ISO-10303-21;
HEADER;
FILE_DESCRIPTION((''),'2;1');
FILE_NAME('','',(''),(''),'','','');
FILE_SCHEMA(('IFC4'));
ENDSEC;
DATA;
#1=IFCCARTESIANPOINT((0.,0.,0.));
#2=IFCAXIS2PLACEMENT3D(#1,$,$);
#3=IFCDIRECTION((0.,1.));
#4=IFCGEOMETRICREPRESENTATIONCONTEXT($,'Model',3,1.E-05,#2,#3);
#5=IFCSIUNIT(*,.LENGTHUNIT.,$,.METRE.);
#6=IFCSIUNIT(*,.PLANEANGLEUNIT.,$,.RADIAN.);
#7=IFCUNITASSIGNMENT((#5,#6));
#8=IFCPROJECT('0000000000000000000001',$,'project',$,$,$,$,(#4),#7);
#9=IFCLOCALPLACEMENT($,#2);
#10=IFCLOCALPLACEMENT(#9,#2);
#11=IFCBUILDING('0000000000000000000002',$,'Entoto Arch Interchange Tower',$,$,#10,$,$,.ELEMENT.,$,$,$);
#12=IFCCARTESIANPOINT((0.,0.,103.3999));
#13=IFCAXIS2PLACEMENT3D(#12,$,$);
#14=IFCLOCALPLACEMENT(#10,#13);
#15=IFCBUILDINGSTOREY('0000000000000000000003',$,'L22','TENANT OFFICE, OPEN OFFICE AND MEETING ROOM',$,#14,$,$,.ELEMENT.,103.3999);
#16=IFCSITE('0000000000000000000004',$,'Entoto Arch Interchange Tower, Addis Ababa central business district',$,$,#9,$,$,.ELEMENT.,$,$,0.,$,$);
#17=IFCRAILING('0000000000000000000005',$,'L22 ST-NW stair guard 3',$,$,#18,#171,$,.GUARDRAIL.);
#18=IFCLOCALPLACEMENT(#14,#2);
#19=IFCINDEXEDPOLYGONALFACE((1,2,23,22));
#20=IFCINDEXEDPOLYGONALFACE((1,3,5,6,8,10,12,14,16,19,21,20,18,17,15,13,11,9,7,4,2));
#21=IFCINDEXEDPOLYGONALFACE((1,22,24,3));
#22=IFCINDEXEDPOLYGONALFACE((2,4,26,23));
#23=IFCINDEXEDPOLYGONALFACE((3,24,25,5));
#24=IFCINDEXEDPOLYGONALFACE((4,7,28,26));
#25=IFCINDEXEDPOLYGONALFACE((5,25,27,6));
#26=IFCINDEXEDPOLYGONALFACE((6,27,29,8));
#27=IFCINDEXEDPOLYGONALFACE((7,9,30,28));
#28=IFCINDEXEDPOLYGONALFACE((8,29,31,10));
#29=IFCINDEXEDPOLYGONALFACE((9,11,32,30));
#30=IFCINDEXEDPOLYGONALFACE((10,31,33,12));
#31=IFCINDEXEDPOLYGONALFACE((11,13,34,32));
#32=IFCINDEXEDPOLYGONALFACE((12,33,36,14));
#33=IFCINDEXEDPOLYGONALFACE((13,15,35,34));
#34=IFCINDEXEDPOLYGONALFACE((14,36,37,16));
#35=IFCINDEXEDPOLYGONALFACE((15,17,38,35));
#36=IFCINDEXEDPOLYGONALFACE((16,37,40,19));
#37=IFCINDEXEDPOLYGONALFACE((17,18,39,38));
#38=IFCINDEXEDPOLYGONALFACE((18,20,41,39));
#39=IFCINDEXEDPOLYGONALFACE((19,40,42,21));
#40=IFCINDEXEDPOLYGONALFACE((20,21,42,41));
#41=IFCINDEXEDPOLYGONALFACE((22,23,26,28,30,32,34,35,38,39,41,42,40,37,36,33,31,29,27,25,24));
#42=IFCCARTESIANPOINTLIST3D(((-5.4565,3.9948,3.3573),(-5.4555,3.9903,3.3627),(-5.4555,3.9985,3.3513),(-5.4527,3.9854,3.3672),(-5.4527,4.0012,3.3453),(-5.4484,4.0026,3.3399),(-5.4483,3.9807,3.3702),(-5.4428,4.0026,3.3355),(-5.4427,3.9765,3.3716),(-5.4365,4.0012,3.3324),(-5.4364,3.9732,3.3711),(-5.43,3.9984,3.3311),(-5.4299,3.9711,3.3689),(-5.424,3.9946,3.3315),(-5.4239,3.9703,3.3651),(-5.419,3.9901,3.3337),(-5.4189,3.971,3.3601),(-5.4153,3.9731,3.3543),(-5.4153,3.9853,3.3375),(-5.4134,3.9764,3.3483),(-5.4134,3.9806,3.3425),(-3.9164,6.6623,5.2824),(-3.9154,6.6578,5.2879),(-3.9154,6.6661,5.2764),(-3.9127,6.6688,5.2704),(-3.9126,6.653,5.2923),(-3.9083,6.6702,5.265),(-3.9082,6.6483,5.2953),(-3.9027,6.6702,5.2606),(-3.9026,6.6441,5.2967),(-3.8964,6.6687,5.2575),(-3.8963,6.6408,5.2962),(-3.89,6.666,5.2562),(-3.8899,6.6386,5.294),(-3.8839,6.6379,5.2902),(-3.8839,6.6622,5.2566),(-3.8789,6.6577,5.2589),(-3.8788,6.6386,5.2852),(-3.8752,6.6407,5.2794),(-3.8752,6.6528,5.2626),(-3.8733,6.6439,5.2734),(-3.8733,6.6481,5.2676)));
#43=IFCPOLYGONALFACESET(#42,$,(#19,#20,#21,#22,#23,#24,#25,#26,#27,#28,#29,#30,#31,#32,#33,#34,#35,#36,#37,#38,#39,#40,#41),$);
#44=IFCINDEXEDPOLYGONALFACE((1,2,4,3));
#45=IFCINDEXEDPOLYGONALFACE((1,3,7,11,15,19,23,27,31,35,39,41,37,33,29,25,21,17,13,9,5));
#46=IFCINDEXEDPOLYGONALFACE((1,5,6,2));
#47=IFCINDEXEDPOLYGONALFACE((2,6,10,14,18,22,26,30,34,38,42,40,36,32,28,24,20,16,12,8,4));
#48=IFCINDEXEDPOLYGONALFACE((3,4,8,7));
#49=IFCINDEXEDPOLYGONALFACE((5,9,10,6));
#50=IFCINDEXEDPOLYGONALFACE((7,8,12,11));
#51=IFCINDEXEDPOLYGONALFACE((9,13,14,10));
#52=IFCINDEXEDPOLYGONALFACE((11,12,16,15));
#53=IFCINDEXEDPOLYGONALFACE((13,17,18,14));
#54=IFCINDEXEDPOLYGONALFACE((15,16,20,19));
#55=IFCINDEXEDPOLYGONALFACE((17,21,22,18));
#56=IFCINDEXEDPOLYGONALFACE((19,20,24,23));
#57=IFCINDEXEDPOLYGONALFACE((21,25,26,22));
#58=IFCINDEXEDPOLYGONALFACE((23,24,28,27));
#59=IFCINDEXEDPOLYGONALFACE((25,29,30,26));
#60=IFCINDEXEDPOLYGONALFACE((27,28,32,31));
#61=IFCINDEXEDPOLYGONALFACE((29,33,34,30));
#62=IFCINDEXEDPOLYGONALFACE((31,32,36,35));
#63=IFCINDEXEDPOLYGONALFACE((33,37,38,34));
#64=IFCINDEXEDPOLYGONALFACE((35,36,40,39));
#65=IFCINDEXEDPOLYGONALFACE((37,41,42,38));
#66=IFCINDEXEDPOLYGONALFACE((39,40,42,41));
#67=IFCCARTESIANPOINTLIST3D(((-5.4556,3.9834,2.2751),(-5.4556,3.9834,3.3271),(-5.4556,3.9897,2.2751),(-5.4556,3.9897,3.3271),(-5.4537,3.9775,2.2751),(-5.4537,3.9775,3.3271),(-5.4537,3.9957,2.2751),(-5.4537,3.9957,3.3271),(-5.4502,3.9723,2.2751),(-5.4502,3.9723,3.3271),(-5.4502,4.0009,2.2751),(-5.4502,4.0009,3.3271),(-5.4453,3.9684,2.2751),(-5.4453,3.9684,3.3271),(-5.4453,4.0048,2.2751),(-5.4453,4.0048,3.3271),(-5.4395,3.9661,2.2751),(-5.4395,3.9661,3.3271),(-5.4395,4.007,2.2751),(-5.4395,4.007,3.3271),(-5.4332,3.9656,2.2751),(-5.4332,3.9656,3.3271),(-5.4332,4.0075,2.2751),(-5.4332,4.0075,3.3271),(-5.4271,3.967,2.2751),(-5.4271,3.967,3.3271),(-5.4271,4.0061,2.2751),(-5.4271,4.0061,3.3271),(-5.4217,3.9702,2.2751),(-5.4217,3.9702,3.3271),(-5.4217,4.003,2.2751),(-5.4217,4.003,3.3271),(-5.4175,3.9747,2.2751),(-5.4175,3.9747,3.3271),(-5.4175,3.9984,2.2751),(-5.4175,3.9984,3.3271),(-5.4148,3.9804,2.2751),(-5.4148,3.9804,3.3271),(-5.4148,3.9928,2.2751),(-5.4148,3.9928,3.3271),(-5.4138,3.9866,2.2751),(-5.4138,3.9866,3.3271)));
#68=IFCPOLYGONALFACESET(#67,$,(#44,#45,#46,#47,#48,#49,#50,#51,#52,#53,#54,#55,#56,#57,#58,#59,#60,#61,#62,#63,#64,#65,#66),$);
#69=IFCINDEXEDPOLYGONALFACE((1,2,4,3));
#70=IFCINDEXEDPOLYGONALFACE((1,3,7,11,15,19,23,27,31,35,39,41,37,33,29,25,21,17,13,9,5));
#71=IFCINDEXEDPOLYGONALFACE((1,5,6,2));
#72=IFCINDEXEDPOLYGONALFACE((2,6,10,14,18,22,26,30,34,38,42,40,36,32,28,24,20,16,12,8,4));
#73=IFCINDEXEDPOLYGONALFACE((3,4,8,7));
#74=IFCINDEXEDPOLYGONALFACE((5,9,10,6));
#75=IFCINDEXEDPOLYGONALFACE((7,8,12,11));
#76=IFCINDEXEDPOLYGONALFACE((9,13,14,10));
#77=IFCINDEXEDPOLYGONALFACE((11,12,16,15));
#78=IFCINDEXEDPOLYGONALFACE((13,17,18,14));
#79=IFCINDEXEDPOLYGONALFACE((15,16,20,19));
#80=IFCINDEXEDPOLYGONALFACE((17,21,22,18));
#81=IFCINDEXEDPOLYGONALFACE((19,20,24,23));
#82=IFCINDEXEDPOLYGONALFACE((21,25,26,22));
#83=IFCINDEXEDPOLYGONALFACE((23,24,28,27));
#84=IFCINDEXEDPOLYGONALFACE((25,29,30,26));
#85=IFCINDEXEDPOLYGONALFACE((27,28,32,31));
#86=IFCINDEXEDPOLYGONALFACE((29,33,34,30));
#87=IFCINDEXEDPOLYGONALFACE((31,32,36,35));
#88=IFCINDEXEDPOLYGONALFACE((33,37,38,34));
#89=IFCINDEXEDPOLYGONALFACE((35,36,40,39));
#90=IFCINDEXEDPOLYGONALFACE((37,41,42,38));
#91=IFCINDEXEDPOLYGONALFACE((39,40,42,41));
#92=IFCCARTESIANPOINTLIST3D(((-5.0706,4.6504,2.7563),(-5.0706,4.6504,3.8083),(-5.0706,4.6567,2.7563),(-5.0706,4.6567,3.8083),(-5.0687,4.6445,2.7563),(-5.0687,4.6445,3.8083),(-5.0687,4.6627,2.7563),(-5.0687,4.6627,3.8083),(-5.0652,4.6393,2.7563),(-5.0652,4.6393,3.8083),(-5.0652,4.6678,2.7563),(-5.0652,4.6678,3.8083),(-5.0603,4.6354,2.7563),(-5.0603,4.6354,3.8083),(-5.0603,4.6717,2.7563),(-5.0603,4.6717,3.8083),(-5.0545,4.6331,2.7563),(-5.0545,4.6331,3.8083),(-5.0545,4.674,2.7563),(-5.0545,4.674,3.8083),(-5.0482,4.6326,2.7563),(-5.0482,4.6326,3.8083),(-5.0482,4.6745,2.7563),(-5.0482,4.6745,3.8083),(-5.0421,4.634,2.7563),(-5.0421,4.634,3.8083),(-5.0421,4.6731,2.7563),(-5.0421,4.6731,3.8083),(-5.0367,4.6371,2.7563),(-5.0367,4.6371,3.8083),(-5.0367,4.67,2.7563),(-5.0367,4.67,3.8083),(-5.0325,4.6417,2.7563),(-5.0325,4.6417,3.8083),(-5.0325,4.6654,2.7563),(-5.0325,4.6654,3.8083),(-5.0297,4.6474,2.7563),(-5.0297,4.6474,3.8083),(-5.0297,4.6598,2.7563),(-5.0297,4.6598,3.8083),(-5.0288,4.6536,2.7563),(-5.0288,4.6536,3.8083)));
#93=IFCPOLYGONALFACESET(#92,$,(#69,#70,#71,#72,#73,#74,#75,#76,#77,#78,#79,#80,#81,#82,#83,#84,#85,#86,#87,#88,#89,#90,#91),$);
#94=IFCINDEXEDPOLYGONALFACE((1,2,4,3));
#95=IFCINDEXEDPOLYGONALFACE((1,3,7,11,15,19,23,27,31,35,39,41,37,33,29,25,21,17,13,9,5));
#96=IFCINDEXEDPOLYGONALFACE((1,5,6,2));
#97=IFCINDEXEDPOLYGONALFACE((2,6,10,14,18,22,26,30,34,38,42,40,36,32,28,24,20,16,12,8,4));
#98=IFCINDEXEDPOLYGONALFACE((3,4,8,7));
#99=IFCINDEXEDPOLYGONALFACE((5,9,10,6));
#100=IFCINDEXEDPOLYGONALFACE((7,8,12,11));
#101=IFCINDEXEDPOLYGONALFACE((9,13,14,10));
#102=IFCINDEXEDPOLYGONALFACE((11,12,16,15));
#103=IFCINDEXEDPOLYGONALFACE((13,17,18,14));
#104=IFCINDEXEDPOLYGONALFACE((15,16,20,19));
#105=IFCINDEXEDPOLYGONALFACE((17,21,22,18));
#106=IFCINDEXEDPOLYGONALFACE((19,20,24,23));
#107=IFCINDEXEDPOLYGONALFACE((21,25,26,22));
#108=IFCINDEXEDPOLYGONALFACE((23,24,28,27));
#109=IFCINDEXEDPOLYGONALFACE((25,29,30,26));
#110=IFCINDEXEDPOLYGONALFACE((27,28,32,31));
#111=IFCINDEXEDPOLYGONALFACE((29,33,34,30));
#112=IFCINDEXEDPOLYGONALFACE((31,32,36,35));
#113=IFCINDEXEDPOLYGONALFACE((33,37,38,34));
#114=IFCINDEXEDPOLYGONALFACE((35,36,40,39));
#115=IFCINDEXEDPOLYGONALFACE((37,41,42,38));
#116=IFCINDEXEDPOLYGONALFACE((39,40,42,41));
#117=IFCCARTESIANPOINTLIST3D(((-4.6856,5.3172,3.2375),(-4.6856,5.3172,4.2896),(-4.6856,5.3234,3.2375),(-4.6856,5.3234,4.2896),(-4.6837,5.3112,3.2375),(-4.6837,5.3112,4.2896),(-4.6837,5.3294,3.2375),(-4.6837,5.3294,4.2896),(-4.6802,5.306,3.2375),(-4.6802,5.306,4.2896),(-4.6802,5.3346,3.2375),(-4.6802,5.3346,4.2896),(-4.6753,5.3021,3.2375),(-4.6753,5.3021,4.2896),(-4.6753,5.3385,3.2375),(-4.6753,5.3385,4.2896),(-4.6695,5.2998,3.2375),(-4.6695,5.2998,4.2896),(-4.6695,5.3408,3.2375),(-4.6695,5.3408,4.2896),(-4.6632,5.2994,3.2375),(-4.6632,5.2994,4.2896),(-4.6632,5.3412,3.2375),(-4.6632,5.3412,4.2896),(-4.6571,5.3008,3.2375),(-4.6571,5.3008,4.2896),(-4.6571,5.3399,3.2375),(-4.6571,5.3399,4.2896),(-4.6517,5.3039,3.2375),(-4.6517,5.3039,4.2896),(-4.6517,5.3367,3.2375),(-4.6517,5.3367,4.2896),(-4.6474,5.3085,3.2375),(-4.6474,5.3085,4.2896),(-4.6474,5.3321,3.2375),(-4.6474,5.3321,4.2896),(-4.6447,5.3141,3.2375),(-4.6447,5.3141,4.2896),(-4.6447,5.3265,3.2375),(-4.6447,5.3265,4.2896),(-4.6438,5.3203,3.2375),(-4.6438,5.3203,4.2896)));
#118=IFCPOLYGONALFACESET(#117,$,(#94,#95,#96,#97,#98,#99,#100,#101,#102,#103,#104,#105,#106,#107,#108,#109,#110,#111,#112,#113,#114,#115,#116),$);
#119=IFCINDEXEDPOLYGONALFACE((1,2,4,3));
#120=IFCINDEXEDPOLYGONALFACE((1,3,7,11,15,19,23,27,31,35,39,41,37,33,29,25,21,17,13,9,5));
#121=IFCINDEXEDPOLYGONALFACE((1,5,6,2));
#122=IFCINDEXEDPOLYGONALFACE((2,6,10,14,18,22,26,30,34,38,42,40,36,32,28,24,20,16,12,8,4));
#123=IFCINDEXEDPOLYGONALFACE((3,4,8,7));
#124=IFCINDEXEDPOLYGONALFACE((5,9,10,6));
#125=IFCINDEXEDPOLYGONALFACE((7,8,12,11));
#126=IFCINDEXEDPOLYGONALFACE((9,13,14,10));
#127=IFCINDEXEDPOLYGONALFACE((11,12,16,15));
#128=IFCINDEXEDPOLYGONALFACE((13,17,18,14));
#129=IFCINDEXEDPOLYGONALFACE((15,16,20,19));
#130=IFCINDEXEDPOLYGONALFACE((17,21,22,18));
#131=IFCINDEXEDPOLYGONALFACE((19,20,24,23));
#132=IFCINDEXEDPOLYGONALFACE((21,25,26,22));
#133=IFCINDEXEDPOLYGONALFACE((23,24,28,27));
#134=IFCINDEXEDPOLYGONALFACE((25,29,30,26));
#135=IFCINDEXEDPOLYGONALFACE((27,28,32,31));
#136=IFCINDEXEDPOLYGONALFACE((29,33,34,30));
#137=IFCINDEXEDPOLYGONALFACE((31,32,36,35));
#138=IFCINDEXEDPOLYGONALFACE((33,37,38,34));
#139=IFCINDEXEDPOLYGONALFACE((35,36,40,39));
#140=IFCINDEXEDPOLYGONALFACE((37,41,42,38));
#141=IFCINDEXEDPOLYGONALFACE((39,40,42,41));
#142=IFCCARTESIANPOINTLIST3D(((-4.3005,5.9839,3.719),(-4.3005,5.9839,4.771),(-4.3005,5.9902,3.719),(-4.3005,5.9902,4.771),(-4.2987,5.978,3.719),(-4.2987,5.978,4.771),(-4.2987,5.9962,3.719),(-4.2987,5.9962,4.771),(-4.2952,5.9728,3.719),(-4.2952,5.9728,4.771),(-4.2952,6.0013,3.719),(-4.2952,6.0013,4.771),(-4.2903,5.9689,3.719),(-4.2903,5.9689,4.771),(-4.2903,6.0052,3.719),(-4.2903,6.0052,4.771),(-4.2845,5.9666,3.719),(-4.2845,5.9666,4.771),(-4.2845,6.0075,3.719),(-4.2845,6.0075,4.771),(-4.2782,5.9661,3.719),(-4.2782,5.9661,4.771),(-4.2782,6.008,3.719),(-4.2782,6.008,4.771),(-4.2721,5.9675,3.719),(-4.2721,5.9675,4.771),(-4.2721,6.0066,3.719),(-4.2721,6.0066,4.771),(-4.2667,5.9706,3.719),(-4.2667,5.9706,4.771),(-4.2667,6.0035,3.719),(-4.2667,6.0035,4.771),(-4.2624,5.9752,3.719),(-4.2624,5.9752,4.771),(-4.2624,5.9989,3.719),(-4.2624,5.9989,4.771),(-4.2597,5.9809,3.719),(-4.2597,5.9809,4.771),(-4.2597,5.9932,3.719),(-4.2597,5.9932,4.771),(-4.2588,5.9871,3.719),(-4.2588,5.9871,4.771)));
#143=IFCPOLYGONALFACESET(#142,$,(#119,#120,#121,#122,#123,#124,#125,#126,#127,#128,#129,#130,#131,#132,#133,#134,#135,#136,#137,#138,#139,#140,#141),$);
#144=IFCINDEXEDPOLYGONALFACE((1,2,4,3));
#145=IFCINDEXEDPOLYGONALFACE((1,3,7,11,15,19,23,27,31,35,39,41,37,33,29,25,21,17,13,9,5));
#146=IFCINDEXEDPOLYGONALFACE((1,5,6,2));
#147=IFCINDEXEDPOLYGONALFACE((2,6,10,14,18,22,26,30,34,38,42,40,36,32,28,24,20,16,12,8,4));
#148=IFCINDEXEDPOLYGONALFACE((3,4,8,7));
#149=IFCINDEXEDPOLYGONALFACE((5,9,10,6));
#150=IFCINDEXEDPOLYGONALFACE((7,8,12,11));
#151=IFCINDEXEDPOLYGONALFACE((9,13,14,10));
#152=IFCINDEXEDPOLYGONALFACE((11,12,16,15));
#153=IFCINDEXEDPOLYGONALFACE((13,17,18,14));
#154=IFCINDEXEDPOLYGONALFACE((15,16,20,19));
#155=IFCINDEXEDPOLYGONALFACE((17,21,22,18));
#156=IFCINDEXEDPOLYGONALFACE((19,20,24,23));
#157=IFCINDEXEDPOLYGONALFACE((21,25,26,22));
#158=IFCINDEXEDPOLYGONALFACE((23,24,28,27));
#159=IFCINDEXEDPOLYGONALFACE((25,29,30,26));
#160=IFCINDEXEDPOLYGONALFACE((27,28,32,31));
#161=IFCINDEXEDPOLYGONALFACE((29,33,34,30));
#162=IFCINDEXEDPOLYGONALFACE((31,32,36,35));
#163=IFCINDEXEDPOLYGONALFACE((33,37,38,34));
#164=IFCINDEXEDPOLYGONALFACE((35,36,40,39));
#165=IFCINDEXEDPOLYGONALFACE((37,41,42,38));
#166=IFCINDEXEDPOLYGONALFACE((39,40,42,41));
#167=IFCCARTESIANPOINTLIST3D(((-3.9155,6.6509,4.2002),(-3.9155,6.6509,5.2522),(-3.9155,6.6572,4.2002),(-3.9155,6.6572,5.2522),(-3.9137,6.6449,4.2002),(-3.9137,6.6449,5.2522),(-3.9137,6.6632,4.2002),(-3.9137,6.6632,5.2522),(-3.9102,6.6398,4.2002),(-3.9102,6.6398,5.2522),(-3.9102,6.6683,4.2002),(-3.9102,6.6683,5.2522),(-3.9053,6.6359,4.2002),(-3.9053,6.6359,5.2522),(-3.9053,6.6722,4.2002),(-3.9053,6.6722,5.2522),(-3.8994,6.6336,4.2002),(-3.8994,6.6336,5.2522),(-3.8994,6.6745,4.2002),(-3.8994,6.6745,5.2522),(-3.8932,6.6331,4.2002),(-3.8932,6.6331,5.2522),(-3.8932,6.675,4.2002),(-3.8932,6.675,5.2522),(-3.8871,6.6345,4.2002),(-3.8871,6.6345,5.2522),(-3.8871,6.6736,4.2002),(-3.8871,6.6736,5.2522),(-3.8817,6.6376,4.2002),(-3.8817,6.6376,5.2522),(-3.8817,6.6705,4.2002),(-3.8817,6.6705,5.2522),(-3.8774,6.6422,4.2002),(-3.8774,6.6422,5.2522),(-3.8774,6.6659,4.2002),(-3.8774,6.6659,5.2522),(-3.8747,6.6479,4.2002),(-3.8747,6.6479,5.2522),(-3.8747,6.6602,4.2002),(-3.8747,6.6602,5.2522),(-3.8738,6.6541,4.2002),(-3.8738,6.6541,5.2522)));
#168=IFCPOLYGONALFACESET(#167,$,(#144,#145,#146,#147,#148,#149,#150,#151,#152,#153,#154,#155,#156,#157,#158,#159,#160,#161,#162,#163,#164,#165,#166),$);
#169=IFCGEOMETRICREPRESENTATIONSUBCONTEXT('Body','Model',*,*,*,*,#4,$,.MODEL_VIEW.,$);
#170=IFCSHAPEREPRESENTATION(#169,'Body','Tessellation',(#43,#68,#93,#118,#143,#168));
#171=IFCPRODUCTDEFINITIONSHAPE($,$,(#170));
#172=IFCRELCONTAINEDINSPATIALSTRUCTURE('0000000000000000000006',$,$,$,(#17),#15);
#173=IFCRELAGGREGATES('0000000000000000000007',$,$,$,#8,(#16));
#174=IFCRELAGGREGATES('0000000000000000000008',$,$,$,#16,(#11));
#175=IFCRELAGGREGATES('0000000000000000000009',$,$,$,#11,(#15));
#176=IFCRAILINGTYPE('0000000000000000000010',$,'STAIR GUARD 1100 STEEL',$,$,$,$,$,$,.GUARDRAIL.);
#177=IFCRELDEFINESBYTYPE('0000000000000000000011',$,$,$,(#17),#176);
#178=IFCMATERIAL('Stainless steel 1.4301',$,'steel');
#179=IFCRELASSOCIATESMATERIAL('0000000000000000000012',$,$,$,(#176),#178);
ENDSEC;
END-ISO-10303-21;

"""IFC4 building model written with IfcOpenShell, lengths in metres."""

from ifc_helpers import new_model, si_unit, direction, frame, origin, origin_2d, place, context, subcontext, project, spatial, circle, extrude, material, type_object, element, save


model = new_model("IFC4")

# Units and contexts
model_context = context("Model", 3, precision=1e-05, world=origin(), true_north=direction((0.0, 1.0)))
body_context = subcontext(model_context, "Body", "Model", "MODEL_VIEW")
ifc_project = project(units=[si_unit("LENGTHUNIT", "METRE"), si_unit("PLANEANGLEUNIT", "RADIAN")], contexts=[model_context])

# Site, building, storey
site_placement = place(None, origin())
site = spatial("IfcSite", under=ifc_project, at=site_placement, Name="Entoto Arch Interchange Tower, Addis Ababa central business district", CompositionType="ELEMENT", RefElevation=0.0)
building_placement = place(site_placement, origin())
building = spatial("IfcBuilding", under=site, at=building_placement, Name="Entoto Arch Interchange Tower", CompositionType="ELEMENT")
storey_placement = place(building_placement, frame((0.0, 0.0, 103.3999)))
storey = spatial("IfcBuildingStorey", under=building, at=storey_placement, Name="L22", Description="TENANT OFFICE, OPEN OFFICE AND MEETING ROOM", CompositionType="ELEMENT", Elevation=103.3999)

# Railing
ifc_material_1 = material(Name="Stainless steel 1.4301", Category="steel")
railing_type = type_object("IfcRailingType", Name="STAIR GUARD 1100 STEEL", PredefinedType="GUARDRAIL", material=ifc_material_1)
railing_1_placement = place(storey_placement, frame((-5.4348, 3.9866, 2.2751)))
element("IfcRailing", 1, at=railing_1_placement, inside=storey, type_object=railing_type, Name="L22 ST-NW stair guard 3", PredefinedType="GUARDRAIL", context=body_context, shape_type="SweptSolid", body=[
    extrude(circle(Radius=0.0239, at=origin_2d()), frame((0.0, 0.0, 1.0762), z_axis=(0.423994, 0.734395, 0.529993), x_axis=(-0.86603, 0.499992, 0.0)), (0.0, 0.0, 1.0), 3.6323),
    extrude(circle(Radius=0.021, at=origin_2d()), origin(), (0.0, 0.0, 1.0), 1.052),
    extrude(circle(Radius=0.021, at=origin_2d()), frame((0.385, 0.667, 0.4812)), (0.0, 0.0, 1.0), 1.052),
    extrude(circle(Radius=0.021, at=origin_2d()), frame((0.77, 1.3337, 0.9624)), (0.0, 0.0, 1.0), 1.052),
    extrude(circle(Radius=0.021, at=origin_2d()), frame((1.155, 2.0005, 1.4438)), (0.0, 0.0, 1.0), 1.052),
    extrude(circle(Radius=0.021, at=origin_2d()), frame((1.54, 2.6675, 1.925)), (0.0, 0.0, 1.0), 1.052),
])

save(model, "model.ifc")
